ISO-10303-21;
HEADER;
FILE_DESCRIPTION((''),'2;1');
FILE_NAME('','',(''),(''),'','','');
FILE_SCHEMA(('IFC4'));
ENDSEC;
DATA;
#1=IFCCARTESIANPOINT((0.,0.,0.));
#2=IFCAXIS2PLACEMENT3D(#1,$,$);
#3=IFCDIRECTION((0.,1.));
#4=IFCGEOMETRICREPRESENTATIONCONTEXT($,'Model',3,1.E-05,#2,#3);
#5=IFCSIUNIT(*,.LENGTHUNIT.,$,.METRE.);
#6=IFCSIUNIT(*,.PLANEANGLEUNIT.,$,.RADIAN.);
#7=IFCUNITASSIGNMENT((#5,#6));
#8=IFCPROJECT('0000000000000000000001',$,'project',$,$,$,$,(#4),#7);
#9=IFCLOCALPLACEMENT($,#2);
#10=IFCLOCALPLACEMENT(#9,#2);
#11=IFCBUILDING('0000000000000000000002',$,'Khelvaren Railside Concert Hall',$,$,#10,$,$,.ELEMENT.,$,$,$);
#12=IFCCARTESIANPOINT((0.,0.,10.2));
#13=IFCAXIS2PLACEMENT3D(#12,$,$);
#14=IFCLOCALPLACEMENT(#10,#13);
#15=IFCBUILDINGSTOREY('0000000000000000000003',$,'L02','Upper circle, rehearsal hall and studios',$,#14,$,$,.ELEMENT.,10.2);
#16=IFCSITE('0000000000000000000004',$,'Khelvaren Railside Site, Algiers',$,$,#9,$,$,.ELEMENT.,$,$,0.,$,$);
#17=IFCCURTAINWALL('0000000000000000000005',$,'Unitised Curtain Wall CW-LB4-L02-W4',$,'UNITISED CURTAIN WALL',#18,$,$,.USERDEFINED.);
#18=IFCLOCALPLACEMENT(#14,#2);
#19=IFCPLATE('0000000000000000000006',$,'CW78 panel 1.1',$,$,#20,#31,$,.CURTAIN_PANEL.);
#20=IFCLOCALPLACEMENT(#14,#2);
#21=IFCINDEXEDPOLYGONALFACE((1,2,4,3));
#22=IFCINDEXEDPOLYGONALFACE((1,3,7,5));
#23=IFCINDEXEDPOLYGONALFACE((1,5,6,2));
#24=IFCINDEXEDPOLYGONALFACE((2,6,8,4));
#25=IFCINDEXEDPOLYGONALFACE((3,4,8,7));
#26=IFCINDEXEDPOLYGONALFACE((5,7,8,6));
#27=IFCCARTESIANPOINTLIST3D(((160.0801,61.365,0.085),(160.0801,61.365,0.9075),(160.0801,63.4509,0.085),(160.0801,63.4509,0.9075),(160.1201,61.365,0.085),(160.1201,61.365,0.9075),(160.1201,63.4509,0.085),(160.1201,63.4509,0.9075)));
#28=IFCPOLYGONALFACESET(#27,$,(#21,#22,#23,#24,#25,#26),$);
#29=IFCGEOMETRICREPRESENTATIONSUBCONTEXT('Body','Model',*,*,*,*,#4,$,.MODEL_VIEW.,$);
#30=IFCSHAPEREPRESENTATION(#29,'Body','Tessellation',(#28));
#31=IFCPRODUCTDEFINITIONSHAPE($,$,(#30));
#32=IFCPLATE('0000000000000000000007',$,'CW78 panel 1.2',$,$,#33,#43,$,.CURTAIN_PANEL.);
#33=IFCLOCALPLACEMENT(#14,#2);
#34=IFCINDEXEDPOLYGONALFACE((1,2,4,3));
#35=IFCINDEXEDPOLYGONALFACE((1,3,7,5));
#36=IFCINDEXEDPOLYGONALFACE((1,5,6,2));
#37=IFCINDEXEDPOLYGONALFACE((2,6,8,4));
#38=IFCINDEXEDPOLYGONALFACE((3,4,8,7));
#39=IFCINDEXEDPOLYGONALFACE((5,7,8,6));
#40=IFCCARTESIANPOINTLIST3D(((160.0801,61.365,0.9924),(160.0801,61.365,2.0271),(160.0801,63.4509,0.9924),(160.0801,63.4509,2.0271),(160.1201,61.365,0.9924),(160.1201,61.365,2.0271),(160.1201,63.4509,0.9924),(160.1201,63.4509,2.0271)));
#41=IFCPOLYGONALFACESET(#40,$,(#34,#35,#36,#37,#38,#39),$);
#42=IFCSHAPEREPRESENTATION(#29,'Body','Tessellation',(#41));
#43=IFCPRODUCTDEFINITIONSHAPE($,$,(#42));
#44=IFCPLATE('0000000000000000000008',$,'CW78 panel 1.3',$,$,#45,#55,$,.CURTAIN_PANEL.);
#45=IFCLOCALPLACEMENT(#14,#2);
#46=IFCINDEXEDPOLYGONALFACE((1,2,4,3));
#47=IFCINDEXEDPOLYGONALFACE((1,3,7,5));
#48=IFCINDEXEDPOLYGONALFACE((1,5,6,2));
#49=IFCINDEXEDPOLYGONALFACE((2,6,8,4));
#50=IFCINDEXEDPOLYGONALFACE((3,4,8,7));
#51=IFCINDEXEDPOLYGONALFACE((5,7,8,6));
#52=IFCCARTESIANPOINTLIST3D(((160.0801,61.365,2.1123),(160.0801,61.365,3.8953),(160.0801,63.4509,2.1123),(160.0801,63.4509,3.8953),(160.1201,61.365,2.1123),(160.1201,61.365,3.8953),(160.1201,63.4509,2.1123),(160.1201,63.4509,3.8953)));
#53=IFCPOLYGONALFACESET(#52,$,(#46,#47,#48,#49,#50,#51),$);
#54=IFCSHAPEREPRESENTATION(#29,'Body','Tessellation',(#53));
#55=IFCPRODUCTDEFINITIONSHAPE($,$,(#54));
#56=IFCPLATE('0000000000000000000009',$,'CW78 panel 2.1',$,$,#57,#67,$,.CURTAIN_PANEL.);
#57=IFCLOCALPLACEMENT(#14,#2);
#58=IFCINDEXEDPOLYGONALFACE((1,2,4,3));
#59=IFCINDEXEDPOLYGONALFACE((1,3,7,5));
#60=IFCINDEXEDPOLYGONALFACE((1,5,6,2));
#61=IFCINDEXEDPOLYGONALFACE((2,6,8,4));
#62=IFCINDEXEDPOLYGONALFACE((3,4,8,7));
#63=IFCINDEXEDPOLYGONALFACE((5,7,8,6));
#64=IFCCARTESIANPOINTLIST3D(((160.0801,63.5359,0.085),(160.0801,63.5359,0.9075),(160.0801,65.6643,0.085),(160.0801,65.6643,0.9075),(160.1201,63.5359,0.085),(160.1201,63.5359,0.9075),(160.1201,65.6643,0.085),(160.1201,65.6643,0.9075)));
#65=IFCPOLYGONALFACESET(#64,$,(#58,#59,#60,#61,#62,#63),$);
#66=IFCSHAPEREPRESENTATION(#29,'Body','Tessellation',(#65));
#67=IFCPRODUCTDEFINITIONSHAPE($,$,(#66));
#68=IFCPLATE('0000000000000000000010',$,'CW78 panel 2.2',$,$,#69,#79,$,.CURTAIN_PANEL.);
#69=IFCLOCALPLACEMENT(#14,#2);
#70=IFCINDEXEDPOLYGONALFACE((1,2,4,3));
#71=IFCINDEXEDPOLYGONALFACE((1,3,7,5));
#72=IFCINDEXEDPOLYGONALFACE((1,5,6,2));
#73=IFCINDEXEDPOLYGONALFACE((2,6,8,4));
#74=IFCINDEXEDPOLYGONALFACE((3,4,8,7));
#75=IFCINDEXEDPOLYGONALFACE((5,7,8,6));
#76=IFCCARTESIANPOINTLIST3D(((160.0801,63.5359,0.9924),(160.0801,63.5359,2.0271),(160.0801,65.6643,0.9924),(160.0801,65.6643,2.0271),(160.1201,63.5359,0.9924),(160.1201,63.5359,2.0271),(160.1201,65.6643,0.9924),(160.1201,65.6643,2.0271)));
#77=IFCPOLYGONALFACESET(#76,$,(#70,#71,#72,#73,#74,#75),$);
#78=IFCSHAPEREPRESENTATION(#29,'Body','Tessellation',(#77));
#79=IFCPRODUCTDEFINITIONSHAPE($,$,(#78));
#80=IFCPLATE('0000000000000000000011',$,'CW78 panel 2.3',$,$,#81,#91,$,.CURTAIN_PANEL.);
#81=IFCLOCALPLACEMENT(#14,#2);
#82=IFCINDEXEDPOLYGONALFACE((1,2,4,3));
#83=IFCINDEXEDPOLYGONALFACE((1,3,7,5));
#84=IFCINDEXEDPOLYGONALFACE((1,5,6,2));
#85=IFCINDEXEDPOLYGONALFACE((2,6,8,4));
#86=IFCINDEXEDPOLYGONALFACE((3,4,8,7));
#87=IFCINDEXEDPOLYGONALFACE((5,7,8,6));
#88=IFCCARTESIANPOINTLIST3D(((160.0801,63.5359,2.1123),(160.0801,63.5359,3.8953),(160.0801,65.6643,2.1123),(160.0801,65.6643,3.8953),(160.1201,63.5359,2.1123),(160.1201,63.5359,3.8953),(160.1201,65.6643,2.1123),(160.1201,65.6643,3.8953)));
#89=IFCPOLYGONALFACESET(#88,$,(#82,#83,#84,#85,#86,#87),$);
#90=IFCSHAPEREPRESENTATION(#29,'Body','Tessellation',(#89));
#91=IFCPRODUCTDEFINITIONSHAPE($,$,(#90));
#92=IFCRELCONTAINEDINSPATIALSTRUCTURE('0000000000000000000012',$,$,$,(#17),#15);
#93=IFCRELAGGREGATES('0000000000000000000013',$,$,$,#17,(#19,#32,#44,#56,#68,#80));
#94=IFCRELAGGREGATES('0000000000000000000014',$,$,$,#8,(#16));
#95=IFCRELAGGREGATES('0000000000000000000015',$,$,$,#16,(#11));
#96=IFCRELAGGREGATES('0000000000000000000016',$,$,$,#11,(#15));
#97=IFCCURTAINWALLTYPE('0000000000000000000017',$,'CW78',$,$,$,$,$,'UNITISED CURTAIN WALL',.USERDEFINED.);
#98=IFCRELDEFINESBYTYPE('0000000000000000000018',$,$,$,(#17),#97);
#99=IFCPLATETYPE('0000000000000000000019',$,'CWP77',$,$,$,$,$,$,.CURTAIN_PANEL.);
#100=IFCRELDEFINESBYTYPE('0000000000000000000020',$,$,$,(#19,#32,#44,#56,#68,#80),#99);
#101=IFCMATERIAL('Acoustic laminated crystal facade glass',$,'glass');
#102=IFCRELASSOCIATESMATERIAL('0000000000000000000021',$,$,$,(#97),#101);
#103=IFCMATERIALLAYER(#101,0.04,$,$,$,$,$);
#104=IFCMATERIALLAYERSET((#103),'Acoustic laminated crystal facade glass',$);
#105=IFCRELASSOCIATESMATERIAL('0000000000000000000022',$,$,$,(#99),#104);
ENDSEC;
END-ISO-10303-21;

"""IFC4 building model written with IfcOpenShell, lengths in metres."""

from ifc_helpers import new_model, si_unit, direction, frame, origin, origin_2d, place, context, subcontext, project, spatial, rectangle, extrude, material, layer, layer_set, type_object, element, aggregate, save


model = new_model("IFC4")

# Units and contexts
model_context = context("Model", 3, precision=1e-05, world=origin(), true_north=direction((0.0, 1.0)))
body_context = subcontext(model_context, "Body", "Model", "MODEL_VIEW")
ifc_project = project(units=[si_unit("LENGTHUNIT", "METRE"), si_unit("PLANEANGLEUNIT", "RADIAN")], contexts=[model_context])

# Site, building, storey
site_placement = place(None, origin())
site = spatial("IfcSite", under=ifc_project, at=site_placement, Name="Khelvaren Railside Site, Algiers", CompositionType="ELEMENT", RefElevation=0.0)
building_placement = place(site_placement, origin())
building = spatial("IfcBuilding", under=site, at=building_placement, Name="Khelvaren Railside Concert Hall", CompositionType="ELEMENT")
storey_placement = place(building_placement, frame((0.0, 0.0, 10.2)))
storey = spatial("IfcBuildingStorey", under=building, at=storey_placement, Name="L02", Description="Upper circle, rehearsal hall and studios", CompositionType="ELEMENT", Elevation=10.2)

# Shared definitions
ifc_material_1 = material(Name="Acoustic laminated crystal facade glass", Category="glass")
curtain_wall_type = type_object("IfcCurtainWallType", Name="CW78", ElementType="UNITISED CURTAIN WALL", PredefinedType="USERDEFINED", material=ifc_material_1)

# Curtain wall
curtain_wall_1_placement = place(storey_placement, origin())
curtain_wall_1 = element("IfcCurtainWall", 1, at=curtain_wall_1_placement, inside=storey, type_object=curtain_wall_type, Name="Unitised Curtain Wall CW-LB4-L02-W4", ObjectType="UNITISED CURTAIN WALL", PredefinedType="USERDEFINED")

# Plates
ifc_layer = layer(ifc_material_1, 0.04)
ifc_layer_set = layer_set([ifc_layer], Name="Acoustic laminated crystal facade glass")
plate_type = type_object("IfcPlateType", Name="CWP77", PredefinedType="CURTAIN_PANEL", material=ifc_layer_set)
plate_1_placement = place(storey_placement, frame((160.1001, 62.408, 0.085), z_axis=(0.0, 0.0, 1.0), x_axis=(0.0, 1.0, 0.0)))
plate_1 = element("IfcPlate", 2, at=plate_1_placement, type_object=plate_type, Name="CW78 panel 1.1", PredefinedType="CURTAIN_PANEL", context=body_context, shape_type="SweptSolid", body=[
    extrude(rectangle(XDim=2.0859, YDim=0.04, at=origin_2d()), origin(), (0.0, 0.0, 1.0), 0.8225),
])
plate_2_placement = place(storey_placement, frame((160.1001, 62.408, 0.9924), z_axis=(0.0, 0.0, 1.0), x_axis=(0.0, 1.0, 0.0)))
plate_2 = element("IfcPlate", 3, at=plate_2_placement, type_object=plate_type, Name="CW78 panel 1.2", PredefinedType="CURTAIN_PANEL", context=body_context, shape_type="SweptSolid", body=[
    extrude(rectangle(XDim=2.0859, YDim=0.04, at=origin_2d()), origin(), (0.0, 0.0, 1.0), 1.0347),
])
plate_3_placement = place(storey_placement, frame((160.1001, 62.408, 2.1123), z_axis=(0.0, 0.0, 1.0), x_axis=(0.0, 1.0, 0.0)))
plate_3 = element("IfcPlate", 4, at=plate_3_placement, type_object=plate_type, Name="CW78 panel 1.3", PredefinedType="CURTAIN_PANEL", context=body_context, shape_type="SweptSolid", body=[
    extrude(rectangle(XDim=2.0859, YDim=0.04, at=origin_2d()), origin(), (0.0, 0.0, 1.0), 1.783),
])
plate_4_placement = place(storey_placement, frame((160.1001, 64.6001, 0.085), z_axis=(0.0, 0.0, 1.0), x_axis=(0.0, 1.0, 0.0)))
plate_4 = element("IfcPlate", 5, at=plate_4_placement, type_object=plate_type, Name="CW78 panel 2.1", PredefinedType="CURTAIN_PANEL", context=body_context, shape_type="SweptSolid", body=[
    extrude(rectangle(XDim=2.1284, YDim=0.04, at=origin_2d()), origin(), (0.0, 0.0, 1.0), 0.8225),
])
plate_5_placement = place(storey_placement, frame((160.1001, 64.6001, 0.9924), z_axis=(0.0, 0.0, 1.0), x_axis=(0.0, 1.0, 0.0)))
plate_5 = element("IfcPlate", 6, at=plate_5_placement, type_object=plate_type, Name="CW78 panel 2.2", PredefinedType="CURTAIN_PANEL", context=body_context, shape_type="SweptSolid", body=[
    extrude(rectangle(XDim=2.1284, YDim=0.04, at=origin_2d()), origin(), (0.0, 0.0, 1.0), 1.0347),
])
plate_6_placement = place(storey_placement, frame((160.1001, 64.6001, 2.1123), z_axis=(0.0, 0.0, 1.0), x_axis=(0.0, 1.0, 0.0)))
plate_6 = element("IfcPlate", 7, at=plate_6_placement, type_object=plate_type, Name="CW78 panel 2.3", PredefinedType="CURTAIN_PANEL", context=body_context, shape_type="SweptSolid", body=[
    extrude(rectangle(XDim=2.1284, YDim=0.04, at=origin_2d()), origin(), (0.0, 0.0, 1.0), 1.783),
])
aggregate(curtain_wall_1, [plate_1, plate_2, plate_3, plate_4, plate_5, plate_6])

save(model, "model.ifc")
